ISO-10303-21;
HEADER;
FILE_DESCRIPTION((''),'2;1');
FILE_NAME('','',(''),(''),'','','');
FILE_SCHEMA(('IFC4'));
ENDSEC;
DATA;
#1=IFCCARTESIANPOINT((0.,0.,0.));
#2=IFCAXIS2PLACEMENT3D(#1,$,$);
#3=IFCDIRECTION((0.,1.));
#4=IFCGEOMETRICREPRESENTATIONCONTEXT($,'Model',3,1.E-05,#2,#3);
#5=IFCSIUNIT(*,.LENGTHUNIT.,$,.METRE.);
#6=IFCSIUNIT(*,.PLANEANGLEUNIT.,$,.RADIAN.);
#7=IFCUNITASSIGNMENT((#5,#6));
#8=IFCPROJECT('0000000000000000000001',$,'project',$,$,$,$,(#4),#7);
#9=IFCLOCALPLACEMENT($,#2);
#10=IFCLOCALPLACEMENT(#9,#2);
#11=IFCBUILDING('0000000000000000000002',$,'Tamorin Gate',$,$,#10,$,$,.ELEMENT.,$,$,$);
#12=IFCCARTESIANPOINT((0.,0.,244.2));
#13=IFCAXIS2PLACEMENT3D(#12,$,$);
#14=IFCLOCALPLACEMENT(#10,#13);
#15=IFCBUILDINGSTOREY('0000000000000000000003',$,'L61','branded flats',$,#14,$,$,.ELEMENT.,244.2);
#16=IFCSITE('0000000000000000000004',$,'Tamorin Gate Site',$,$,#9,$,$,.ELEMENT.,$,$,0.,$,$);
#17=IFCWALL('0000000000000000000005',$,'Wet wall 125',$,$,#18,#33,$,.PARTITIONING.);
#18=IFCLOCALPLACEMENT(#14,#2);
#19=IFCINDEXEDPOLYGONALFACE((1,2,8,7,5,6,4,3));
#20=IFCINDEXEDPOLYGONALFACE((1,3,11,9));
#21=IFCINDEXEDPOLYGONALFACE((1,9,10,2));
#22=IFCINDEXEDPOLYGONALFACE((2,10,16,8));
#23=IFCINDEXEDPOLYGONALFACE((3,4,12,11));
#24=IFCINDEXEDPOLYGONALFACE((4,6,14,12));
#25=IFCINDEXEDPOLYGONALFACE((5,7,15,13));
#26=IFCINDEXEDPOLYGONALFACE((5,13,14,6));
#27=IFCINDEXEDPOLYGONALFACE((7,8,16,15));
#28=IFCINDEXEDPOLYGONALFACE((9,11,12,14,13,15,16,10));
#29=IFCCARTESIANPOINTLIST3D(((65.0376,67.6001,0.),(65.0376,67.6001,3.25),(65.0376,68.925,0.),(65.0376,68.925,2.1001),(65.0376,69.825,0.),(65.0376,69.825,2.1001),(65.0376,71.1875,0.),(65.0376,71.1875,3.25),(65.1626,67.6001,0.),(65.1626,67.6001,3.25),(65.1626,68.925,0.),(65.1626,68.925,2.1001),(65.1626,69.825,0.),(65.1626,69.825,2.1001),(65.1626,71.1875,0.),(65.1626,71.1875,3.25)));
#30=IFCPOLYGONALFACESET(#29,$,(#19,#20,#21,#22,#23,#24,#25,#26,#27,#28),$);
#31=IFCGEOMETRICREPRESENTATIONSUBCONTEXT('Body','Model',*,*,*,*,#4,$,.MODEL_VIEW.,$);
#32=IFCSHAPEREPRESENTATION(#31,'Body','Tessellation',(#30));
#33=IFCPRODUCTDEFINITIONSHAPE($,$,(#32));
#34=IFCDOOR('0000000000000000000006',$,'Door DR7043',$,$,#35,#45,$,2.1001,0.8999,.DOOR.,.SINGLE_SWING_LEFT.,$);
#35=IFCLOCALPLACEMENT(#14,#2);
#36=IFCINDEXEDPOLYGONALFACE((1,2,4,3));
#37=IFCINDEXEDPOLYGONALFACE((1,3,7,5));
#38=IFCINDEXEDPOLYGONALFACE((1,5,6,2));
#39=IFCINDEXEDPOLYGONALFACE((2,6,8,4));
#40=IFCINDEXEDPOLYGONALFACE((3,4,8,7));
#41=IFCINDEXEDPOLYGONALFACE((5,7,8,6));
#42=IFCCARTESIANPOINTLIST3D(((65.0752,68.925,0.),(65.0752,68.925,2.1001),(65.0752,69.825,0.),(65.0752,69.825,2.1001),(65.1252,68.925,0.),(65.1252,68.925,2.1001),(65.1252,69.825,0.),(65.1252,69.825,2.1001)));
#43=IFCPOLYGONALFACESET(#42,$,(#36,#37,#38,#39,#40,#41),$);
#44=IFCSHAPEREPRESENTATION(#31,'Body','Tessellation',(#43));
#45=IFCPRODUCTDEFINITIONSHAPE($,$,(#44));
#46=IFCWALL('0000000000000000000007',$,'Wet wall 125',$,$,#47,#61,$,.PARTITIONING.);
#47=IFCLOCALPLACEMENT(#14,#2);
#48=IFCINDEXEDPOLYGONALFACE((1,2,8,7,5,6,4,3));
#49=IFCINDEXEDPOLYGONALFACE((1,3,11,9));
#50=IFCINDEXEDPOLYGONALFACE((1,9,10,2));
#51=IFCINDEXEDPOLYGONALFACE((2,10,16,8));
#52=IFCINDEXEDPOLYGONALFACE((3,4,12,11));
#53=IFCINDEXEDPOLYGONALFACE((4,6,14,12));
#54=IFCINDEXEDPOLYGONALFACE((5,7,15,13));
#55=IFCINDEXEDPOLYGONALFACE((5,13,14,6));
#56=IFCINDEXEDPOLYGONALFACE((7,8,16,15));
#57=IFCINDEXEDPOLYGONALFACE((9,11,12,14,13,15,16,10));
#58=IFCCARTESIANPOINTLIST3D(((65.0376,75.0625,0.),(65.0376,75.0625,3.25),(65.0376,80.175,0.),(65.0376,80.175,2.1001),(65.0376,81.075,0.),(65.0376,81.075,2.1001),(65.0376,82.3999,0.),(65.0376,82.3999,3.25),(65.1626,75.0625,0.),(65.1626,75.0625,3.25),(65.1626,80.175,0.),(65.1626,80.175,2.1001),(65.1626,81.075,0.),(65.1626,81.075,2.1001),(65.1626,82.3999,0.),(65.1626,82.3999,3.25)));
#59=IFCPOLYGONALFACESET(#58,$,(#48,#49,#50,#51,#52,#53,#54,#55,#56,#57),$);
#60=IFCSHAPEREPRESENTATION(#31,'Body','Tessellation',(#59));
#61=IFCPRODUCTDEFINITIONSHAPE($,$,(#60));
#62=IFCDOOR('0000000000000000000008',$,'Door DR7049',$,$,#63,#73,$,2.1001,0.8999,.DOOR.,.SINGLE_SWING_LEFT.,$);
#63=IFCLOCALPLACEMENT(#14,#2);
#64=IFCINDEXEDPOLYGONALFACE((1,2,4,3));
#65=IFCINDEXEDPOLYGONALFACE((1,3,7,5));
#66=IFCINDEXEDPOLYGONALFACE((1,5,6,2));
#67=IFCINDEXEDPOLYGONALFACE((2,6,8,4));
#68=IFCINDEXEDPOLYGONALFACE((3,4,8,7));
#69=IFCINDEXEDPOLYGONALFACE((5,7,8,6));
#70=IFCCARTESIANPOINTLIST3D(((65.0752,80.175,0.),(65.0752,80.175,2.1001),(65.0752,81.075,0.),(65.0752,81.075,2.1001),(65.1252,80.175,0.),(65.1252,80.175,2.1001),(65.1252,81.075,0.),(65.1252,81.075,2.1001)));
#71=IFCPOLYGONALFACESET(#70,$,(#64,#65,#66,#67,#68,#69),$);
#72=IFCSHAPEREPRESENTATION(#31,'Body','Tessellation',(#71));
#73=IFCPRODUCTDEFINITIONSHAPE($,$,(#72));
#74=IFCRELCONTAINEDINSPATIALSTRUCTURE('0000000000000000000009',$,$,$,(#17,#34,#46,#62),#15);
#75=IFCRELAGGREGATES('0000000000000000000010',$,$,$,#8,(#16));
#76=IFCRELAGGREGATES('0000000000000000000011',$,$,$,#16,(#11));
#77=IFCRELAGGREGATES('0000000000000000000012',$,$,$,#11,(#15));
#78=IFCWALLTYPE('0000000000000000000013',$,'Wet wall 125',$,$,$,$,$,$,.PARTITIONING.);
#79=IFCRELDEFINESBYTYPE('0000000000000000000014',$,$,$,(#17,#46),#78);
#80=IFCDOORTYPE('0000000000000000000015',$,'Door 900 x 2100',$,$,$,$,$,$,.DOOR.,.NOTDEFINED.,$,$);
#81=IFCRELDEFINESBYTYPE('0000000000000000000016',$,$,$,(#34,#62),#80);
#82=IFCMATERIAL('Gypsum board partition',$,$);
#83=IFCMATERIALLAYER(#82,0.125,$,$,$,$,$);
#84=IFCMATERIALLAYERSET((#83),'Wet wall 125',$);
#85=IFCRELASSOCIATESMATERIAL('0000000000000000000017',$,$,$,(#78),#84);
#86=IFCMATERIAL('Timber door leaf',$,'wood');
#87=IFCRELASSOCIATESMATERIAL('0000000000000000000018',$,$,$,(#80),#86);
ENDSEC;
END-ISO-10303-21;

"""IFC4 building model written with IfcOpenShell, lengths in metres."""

from ifc_helpers import new_model, si_unit, direction, frame, frame_2d, origin, place, context, subcontext, project, spatial, rectangle, extrude, material, layer, layer_set, type_object, element, fill, save


model = new_model("IFC4")

# Units and contexts
model_context = context("Model", 3, precision=1e-05, world=origin(), true_north=direction((0.0, 1.0)))
body_context = subcontext(model_context, "Body", "Model", "MODEL_VIEW")
ifc_project = project(units=[si_unit("LENGTHUNIT", "METRE"), si_unit("PLANEANGLEUNIT", "RADIAN")], contexts=[model_context])

# Site, building, storey
site_placement = place(None, origin())
site = spatial("IfcSite", under=ifc_project, at=site_placement, Name="Tamorin Gate Site", CompositionType="ELEMENT", RefElevation=0.0)
building_placement = place(site_placement, origin())
building = spatial("IfcBuilding", under=site, at=building_placement, Name="Tamorin Gate", CompositionType="ELEMENT")
storey_placement = place(building_placement, frame((0.0, 0.0, 244.2)))
storey = spatial("IfcBuildingStorey", under=building, at=storey_placement, Name="L61", Description="branded flats", CompositionType="ELEMENT", Elevation=244.2)

# Shared definitions
ifc_material_1 = material(Name="Gypsum board partition")

# Shared definitions
ifc_layer_1 = layer(ifc_material_1, 0.125)
ifc_layer_set_1 = layer_set([ifc_layer_1], Name="Wet wall 125")
wall_type_1 = type_object("IfcWallType", Name="Wet wall 125", PredefinedType="PARTITIONING", material=ifc_layer_set_1)

# Shared definitions
ifc_material_2 = material(Name="Timber door leaf", Category="wood")
door_type_1 = type_object("IfcDoorType", Name="Door 900 x 2100", OperationType="NOTDEFINED", PredefinedType="DOOR", material=ifc_material_2)

# Walls, openings, doors
wall_1_placement = place(storey_placement, frame((65.1001, 67.6001, 0.0), z_axis=(0.0, 0.0, 1.0), x_axis=(0.0, 1.0, 0.0)))
wall_1 = element("IfcWall", 1, at=wall_1_placement, inside=storey, type_object=wall_type_1, Name="Wet wall 125", PredefinedType="PARTITIONING", context=body_context, shape_type="SweptSolid", body=[
    extrude(rectangle(XDim=3.5874, YDim=0.125, at=frame_2d((1.7937, 0.0))), origin(), (0.0, 0.0, 1.0), 3.25),
])
opening_1_placement = place(wall_1_placement, frame((1.325, 0.0, 0.0)))
opening_1 = element("IfcOpeningElement", 2, at=opening_1_placement, cuts=wall_1, PredefinedType="OPENING", context=body_context, shape_type="SweptSolid", body=[
    extrude(rectangle(XDim=0.8999, YDim=2.1001, at=frame_2d((0.45, 1.05))), frame((0.0, 0.0725, 0.0), z_axis=(0.0, -1.0, 0.0), x_axis=(1.0, 0.0, 0.0)), (0.0, 0.0, 1.0), 0.145),
])
door_1_placement = place(opening_1_placement, origin())
door_1 = element("IfcDoor", 3, at=door_1_placement, inside=storey, type_object=door_type_1, Name="Door DR7043", OperationType="SINGLE_SWING_LEFT", OverallHeight=2.1001, OverallWidth=0.8999, PredefinedType="DOOR", context=body_context, shape_type="SweptSolid", body=[
    extrude(rectangle(XDim=0.8999, YDim=2.1001, at=frame_2d((0.45, 1.05))), frame((0.0, 0.0249, 0.0), z_axis=(0.0, -1.0, 0.0), x_axis=(1.0, 0.0, 0.0)), (0.0, 0.0, 1.0), 0.05),
])
fill(opening_1, door_1)
wall_2_placement = place(storey_placement, frame((65.1001, 75.0625, 0.0), z_axis=(0.0, 0.0, 1.0), x_axis=(0.0, 1.0, 0.0)))
wall_2 = element("IfcWall", 4, at=wall_2_placement, inside=storey, type_object=wall_type_1, Name="Wet wall 125", PredefinedType="PARTITIONING", context=body_context, shape_type="SweptSolid", body=[
    extrude(rectangle(XDim=7.3374, YDim=0.125, at=frame_2d((3.6687, 0.0))), origin(), (0.0, 0.0, 1.0), 3.25),
])
opening_2_placement = place(wall_2_placement, frame((5.1125, 0.0, 0.0)))
opening_2 = element("IfcOpeningElement", 5, at=opening_2_placement, cuts=wall_2, PredefinedType="OPENING", context=body_context, shape_type="SweptSolid", body=[
    extrude(rectangle(XDim=0.8999, YDim=2.1001, at=frame_2d((0.45, 1.05))), frame((0.0, 0.0725, 0.0), z_axis=(0.0, -1.0, 0.0), x_axis=(1.0, 0.0, 0.0)), (0.0, 0.0, 1.0), 0.145),
])
door_2_placement = place(opening_2_placement, origin())
door_2 = element("IfcDoor", 6, at=door_2_placement, inside=storey, type_object=door_type_1, Name="Door DR7049", OperationType="SINGLE_SWING_LEFT", OverallHeight=2.1001, OverallWidth=0.8999, PredefinedType="DOOR", context=body_context, shape_type="SweptSolid", body=[
    extrude(rectangle(XDim=0.8999, YDim=2.1001, at=frame_2d((0.45, 1.05))), frame((0.0, 0.0249, 0.0), z_axis=(0.0, -1.0, 0.0), x_axis=(1.0, 0.0, 0.0)), (0.0, 0.0, 1.0), 0.05),
])
fill(opening_2, door_2)

save(model, "model.ifc")
